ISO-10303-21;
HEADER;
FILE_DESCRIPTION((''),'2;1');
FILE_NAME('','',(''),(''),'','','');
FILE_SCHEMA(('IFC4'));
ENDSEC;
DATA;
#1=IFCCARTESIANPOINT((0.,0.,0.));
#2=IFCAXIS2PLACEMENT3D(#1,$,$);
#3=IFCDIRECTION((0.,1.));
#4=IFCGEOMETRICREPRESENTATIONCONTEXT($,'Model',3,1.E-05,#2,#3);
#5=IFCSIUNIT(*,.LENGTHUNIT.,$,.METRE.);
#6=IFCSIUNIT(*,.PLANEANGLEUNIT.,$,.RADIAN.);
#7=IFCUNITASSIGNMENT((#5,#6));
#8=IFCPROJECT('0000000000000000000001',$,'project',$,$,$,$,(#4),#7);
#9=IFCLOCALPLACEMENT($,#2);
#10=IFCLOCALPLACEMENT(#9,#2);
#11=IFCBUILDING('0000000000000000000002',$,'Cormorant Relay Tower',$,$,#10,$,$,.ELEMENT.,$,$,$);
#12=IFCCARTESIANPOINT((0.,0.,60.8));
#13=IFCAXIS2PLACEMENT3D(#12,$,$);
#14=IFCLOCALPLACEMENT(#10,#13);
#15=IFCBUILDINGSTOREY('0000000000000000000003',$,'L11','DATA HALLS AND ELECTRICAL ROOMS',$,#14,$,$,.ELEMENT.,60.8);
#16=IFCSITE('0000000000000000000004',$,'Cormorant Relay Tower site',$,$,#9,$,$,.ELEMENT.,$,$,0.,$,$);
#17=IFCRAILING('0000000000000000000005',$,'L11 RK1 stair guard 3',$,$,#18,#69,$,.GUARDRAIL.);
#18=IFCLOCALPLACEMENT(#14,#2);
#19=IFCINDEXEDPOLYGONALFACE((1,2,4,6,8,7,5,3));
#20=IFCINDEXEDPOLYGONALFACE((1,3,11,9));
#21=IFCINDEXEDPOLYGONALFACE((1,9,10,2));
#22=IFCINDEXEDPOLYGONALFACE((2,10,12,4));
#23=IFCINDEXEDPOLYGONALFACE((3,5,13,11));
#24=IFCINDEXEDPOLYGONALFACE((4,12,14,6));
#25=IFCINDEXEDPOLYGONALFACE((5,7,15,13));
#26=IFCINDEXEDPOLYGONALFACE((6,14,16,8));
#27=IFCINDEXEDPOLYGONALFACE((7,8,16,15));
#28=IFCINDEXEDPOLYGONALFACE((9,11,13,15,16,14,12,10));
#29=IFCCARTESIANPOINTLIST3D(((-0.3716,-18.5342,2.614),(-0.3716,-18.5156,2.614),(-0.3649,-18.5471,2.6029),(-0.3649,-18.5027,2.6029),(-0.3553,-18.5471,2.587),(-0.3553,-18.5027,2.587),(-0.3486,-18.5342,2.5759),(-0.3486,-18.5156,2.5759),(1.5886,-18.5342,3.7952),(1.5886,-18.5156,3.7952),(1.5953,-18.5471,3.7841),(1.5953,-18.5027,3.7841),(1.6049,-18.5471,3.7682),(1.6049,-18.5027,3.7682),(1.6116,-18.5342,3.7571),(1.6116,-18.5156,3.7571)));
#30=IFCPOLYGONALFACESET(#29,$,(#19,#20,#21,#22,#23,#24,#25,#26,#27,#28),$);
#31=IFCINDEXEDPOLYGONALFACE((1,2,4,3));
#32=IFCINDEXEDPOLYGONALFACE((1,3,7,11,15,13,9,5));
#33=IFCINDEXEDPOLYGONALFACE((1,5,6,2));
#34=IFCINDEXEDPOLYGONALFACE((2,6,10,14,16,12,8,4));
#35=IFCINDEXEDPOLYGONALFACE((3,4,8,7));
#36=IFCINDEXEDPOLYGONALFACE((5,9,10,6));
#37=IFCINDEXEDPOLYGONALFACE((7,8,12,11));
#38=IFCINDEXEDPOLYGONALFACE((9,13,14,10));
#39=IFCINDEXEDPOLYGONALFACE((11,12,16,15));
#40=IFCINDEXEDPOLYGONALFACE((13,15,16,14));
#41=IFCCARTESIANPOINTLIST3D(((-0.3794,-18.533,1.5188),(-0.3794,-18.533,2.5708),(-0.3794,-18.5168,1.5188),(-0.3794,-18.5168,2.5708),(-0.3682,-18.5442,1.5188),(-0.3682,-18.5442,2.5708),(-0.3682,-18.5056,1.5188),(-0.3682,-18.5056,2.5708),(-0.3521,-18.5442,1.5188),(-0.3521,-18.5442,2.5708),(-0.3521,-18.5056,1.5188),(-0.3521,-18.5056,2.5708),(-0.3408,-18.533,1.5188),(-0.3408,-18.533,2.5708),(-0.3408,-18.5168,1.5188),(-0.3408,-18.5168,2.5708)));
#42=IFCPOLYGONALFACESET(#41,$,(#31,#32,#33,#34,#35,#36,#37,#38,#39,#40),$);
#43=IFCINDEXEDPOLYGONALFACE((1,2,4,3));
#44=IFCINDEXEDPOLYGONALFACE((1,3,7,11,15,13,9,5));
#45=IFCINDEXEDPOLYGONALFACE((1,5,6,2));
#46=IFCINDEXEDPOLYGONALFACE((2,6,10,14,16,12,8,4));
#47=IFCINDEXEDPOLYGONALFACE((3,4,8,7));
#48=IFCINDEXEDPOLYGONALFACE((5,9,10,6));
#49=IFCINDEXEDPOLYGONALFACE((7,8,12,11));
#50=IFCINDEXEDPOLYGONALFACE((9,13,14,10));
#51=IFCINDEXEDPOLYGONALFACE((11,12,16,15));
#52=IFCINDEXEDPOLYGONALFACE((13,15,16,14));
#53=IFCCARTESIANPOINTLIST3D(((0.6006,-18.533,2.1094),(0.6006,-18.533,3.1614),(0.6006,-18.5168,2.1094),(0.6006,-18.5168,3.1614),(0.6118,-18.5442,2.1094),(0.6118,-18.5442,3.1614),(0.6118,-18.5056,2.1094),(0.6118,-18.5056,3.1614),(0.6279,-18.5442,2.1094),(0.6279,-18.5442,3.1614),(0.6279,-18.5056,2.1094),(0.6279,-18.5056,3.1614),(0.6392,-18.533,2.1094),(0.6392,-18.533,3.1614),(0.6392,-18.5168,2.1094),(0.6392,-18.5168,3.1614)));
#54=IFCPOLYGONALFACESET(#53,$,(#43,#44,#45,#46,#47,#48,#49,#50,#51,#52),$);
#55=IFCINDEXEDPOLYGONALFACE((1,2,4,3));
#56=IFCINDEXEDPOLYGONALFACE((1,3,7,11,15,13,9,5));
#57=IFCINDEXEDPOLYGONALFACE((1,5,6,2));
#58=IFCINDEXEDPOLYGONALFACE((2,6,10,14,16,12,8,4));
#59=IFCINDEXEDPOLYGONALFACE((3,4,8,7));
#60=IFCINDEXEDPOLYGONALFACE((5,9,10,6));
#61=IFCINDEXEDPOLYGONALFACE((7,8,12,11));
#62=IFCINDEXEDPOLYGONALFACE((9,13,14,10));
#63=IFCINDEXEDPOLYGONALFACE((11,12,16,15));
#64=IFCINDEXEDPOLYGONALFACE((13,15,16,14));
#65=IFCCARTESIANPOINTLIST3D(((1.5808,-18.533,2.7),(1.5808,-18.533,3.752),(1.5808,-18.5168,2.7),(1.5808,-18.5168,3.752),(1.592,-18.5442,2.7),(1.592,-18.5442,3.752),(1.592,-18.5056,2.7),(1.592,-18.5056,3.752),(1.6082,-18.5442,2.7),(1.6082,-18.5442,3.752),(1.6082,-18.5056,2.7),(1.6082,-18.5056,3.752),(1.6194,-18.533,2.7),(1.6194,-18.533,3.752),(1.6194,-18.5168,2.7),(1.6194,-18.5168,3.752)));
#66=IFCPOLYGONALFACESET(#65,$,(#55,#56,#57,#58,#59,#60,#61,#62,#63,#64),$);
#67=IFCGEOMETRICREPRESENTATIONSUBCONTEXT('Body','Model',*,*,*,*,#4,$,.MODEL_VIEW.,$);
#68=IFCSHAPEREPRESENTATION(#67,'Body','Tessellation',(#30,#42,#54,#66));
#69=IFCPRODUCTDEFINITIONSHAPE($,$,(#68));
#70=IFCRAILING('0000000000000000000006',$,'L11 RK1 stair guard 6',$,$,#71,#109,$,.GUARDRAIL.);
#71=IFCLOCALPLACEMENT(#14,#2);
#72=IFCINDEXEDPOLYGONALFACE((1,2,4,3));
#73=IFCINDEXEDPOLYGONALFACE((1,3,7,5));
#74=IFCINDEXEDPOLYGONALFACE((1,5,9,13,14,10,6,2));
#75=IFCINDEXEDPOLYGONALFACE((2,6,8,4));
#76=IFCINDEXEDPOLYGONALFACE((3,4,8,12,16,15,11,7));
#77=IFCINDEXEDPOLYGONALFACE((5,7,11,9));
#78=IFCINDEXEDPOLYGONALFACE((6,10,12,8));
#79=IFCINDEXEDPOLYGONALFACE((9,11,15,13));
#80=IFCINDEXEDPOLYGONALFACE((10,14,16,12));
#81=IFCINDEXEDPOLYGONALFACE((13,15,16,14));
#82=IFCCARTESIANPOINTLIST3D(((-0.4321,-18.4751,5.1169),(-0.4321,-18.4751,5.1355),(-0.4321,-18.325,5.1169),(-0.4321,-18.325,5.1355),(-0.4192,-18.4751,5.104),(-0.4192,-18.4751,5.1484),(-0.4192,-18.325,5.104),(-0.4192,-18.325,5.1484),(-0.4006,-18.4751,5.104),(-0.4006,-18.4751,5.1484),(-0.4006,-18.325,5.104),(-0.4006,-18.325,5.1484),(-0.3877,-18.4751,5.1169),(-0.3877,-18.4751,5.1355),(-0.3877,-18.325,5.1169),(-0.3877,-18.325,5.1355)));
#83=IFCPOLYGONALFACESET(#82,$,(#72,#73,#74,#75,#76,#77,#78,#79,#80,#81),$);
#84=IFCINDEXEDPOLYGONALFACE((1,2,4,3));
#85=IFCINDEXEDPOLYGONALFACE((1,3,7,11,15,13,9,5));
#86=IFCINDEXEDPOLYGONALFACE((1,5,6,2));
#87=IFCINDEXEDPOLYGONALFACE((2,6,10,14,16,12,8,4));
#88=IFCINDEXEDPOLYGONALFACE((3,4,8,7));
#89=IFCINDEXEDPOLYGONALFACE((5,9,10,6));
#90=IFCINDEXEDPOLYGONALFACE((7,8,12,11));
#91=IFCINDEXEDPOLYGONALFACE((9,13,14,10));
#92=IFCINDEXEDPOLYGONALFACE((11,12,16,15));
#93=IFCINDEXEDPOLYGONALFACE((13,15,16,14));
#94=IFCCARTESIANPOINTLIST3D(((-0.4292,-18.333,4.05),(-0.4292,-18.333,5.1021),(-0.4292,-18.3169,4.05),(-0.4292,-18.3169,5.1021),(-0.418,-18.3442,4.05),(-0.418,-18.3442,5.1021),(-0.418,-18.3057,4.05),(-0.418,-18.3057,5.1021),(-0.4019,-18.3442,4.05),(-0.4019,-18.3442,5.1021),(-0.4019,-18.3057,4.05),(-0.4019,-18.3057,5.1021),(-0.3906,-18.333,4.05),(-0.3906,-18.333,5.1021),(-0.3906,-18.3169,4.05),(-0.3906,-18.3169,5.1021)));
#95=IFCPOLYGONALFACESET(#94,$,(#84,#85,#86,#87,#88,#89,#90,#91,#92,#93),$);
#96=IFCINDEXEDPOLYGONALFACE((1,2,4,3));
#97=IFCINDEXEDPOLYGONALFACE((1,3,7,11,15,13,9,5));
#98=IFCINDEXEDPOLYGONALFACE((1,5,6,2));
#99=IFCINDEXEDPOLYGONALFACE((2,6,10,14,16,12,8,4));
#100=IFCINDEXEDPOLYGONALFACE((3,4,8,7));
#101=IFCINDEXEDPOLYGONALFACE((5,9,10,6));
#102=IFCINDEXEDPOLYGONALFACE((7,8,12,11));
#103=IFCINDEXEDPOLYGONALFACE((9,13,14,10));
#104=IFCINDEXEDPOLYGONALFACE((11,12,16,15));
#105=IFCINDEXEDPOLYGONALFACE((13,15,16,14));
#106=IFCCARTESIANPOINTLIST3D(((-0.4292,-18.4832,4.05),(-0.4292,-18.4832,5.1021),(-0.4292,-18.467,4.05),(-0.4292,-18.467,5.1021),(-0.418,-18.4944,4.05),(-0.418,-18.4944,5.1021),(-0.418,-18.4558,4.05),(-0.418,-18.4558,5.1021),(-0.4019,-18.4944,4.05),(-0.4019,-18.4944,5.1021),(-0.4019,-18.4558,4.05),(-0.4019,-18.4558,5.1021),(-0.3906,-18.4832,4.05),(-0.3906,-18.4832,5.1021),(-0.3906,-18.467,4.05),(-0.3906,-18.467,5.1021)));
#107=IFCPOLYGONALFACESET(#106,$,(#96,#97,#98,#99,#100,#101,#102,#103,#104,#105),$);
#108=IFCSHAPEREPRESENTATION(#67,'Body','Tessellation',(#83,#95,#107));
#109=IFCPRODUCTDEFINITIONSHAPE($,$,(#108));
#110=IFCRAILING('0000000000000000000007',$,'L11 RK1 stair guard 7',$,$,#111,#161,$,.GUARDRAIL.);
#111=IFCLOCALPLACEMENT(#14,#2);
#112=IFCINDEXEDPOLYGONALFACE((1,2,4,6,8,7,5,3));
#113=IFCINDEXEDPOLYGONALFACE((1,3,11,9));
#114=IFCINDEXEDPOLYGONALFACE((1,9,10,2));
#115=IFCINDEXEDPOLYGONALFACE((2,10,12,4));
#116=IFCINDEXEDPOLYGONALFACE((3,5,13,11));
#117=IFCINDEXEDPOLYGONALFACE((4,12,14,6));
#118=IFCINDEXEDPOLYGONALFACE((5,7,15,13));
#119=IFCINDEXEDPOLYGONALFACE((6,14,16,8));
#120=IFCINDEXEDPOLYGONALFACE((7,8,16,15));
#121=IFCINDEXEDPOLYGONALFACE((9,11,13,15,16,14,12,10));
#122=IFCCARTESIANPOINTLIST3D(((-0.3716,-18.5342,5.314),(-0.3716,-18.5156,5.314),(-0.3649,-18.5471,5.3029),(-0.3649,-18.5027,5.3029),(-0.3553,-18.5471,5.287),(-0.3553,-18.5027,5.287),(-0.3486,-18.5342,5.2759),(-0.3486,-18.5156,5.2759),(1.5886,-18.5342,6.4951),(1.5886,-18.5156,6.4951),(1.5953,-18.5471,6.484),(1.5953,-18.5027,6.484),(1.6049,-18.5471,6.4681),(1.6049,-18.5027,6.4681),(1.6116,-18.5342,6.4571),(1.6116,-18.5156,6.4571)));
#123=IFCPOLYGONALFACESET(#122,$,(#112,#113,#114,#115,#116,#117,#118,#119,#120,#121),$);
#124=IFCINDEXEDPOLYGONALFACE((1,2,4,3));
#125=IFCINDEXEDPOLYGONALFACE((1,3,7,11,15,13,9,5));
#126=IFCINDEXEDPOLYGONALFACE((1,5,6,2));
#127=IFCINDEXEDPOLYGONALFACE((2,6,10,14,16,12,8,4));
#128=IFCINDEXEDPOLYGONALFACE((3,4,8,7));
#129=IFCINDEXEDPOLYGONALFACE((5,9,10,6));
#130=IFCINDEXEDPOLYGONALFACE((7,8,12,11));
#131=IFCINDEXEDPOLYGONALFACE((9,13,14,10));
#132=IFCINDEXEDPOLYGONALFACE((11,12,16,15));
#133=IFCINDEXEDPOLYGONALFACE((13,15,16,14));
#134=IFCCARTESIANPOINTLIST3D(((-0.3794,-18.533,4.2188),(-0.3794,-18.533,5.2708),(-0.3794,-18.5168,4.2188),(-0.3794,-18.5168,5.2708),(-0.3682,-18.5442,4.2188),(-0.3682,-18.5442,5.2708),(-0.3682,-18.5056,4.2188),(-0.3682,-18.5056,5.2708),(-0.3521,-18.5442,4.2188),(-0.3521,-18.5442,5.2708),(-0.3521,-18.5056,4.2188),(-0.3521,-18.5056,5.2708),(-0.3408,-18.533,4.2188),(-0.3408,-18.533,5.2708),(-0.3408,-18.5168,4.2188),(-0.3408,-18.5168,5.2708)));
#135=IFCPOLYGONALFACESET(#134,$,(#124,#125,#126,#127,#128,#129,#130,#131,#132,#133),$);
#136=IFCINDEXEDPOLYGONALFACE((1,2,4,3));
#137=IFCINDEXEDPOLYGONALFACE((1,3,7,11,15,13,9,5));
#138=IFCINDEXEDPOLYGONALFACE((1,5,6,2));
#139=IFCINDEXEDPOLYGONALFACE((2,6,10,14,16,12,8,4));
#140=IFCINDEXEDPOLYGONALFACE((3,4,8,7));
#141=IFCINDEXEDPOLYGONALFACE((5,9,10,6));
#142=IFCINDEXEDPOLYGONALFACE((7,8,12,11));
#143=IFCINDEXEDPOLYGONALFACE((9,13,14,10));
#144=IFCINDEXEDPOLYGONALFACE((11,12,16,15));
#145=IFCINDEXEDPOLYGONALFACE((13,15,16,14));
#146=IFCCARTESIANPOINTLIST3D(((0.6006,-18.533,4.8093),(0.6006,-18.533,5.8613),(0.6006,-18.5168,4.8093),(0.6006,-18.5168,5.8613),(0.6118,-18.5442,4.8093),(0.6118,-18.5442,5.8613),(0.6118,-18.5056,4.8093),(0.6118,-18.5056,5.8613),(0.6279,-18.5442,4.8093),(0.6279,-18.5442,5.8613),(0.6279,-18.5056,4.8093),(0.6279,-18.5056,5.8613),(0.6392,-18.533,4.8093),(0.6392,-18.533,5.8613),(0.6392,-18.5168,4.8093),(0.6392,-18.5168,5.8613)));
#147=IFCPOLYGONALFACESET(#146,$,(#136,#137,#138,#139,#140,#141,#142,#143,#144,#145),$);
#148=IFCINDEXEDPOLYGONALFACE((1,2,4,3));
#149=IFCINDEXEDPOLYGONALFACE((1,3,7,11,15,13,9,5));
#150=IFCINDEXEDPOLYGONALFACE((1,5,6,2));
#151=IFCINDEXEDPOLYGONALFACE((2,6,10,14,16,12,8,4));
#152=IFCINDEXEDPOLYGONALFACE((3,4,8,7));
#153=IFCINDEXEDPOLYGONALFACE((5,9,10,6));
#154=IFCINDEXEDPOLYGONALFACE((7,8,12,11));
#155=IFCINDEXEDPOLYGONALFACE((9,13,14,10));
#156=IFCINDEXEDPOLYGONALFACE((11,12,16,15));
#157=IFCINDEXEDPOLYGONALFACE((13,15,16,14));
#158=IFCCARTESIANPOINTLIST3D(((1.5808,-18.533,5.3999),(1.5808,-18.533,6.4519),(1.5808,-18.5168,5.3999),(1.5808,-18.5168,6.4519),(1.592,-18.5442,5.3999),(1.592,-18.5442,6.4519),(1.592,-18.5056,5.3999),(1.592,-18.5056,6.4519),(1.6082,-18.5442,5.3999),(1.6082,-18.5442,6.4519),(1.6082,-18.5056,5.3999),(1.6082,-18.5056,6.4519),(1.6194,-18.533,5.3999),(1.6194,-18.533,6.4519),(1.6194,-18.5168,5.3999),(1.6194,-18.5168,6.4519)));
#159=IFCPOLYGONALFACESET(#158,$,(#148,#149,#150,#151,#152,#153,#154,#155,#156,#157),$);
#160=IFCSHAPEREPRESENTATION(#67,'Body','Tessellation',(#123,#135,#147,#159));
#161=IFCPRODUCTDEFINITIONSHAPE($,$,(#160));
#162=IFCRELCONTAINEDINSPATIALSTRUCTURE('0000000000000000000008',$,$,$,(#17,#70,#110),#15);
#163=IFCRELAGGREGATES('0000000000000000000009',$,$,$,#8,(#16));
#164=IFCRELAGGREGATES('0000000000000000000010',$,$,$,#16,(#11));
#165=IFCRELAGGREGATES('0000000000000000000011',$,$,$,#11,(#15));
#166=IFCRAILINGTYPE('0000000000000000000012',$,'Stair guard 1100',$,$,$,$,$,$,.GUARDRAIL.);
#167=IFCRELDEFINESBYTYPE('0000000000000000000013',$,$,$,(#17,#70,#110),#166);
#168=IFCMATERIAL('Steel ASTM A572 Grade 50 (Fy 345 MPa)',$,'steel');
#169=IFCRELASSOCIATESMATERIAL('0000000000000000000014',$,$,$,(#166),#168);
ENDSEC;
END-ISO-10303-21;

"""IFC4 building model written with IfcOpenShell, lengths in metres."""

from ifc_helpers import new_model, si_unit, direction, frame, origin, place, context, subcontext, project, spatial, polyline, outline, extrude, material, type_object, element, save


model = new_model("IFC4")

# Units and contexts
model_context = context("Model", 3, precision=1e-05, world=origin(), true_north=direction((0.0, 1.0)))
body_context = subcontext(model_context, "Body", "Model", "MODEL_VIEW")
ifc_project = project(units=[si_unit("LENGTHUNIT", "METRE"), si_unit("PLANEANGLEUNIT", "RADIAN")], contexts=[model_context])

# Site, building, storey
site_placement = place(None, origin())
site = spatial("IfcSite", under=ifc_project, at=site_placement, Name="Cormorant Relay Tower site", CompositionType="ELEMENT", RefElevation=0.0)
building_placement = place(site_placement, origin())
building = spatial("IfcBuilding", under=site, at=building_placement, Name="Cormorant Relay Tower", CompositionType="ELEMENT")
storey_placement = place(building_placement, frame((0.0, 0.0, 60.8)))
storey = spatial("IfcBuildingStorey", under=building, at=storey_placement, Name="L11", Description="DATA HALLS AND ELECTRICAL ROOMS", CompositionType="ELEMENT", Elevation=60.8)

# Railings
ifc_material_1 = material(Name="Steel ASTM A572 Grade 50 (Fy 345 MPa)", Category="steel")
railing_type_1 = type_object("IfcRailingType", Name="Stair guard 1100", PredefinedType="GUARDRAIL", material=ifc_material_1)
railing_1_placement = place(storey_placement, frame((-0.3601, -18.5249, 1.5188)))
element("IfcRailing", 1, at=railing_1_placement, inside=storey, type_object=railing_type_1, Name="L11 RK1 stair guard 3", PredefinedType="GUARDRAIL", context=body_context, shape_type="SweptSolid", body=[
    extrude(outline(polyline([(0.0222, 0.0093), (0.0093, 0.0222), (-0.0093, 0.0222), (-0.0222, 0.0093), (-0.0222, -0.0093), (-0.0093, -0.0222), (0.0093, -0.0222), (0.0222, -0.0093), (0.0222, 0.0093)])), frame((0.0, 0.0, 1.0762), z_axis=(0.856522, 0.0, 0.516111), x_axis=(0.0, 1.0, 0.0)), (0.0, 0.0, 1.0), 2.2886),
    extrude(outline(polyline([(0.0193, 0.0081), (0.0081, 0.0193), (-0.0081, 0.0193), (-0.0193, 0.0081), (-0.0193, -0.0081), (-0.0081, -0.0193), (0.0081, -0.0193), (0.0193, -0.0081), (0.0193, 0.0081)])), origin(), (0.0, 0.0, 1.0), 1.052),
    extrude(outline(polyline([(0.0193, 0.0081), (0.0081, 0.0193), (-0.0081, 0.0193), (-0.0193, 0.0081), (-0.0193, -0.0081), (-0.0081, -0.0193), (0.0081, -0.0193), (0.0193, -0.0081), (0.0193, 0.0081)])), frame((0.98, 0.0, 0.5906)), (0.0, 0.0, 1.0), 1.052),
    extrude(outline(polyline([(0.0193, 0.0081), (0.0081, 0.0193), (-0.0081, 0.0193), (-0.0193, 0.0081), (-0.0193, -0.0081), (-0.0081, -0.0193), (0.0081, -0.0193), (0.0193, -0.0081), (0.0193, 0.0081)])), frame((1.9602, 0.0, 1.1812)), (0.0, 0.0, 1.0), 1.052),
])
railing_2_placement = place(storey_placement, frame((-0.4099, -18.325, 4.05)))
element("IfcRailing", 2, at=railing_2_placement, inside=storey, type_object=railing_type_1, Name="L11 RK1 stair guard 6", PredefinedType="GUARDRAIL", context=body_context, shape_type="SweptSolid", body=[
    extrude(outline(polyline([(0.0222, 0.0093), (0.0093, 0.0222), (-0.0093, 0.0222), (-0.0222, 0.0093), (-0.0222, -0.0093), (-0.0093, -0.0222), (0.0093, -0.0222), (0.0222, -0.0093), (0.0222, 0.0093)])), frame((0.0, 0.0, 1.0762), z_axis=(0.0, -1.0, 0.0), x_axis=(1.0, 0.0, 0.0)), (0.0, 0.0, 1.0), 0.1501),
    extrude(outline(polyline([(0.0193, 0.0081), (0.0081, 0.0193), (-0.0081, 0.0193), (-0.0193, 0.0081), (-0.0193, -0.0081), (-0.0081, -0.0193), (0.0081, -0.0193), (0.0193, -0.0081), (0.0193, 0.0081)])), origin(), (0.0, 0.0, 1.0), 1.052),
    extrude(outline(polyline([(0.0193, 0.0081), (0.0081, 0.0193), (-0.0081, 0.0193), (-0.0193, 0.0081), (-0.0193, -0.0081), (-0.0081, -0.0193), (0.0081, -0.0193), (0.0193, -0.0081), (0.0193, 0.0081)])), frame((0.0, -0.1501, 0.0)), (0.0, 0.0, 1.0), 1.052),
])
railing_3_placement = place(storey_placement, frame((-0.3601, -18.5249, 4.2188)))
element("IfcRailing", 3, at=railing_3_placement, inside=storey, type_object=railing_type_1, Name="L11 RK1 stair guard 7", PredefinedType="GUARDRAIL", context=body_context, shape_type="SweptSolid", body=[
    extrude(outline(polyline([(0.0222, 0.0093), (0.0093, 0.0222), (-0.0093, 0.0222), (-0.0222, 0.0093), (-0.0222, -0.0093), (-0.0093, -0.0222), (0.0093, -0.0222), (0.0222, -0.0093), (0.0222, 0.0093)])), frame((0.0, 0.0, 1.0762), z_axis=(0.856522, 0.0, 0.516111), x_axis=(0.0, 1.0, 0.0)), (0.0, 0.0, 1.0), 2.2886),
    extrude(outline(polyline([(0.0193, 0.0081), (0.0081, 0.0193), (-0.0081, 0.0193), (-0.0193, 0.0081), (-0.0193, -0.0081), (-0.0081, -0.0193), (0.0081, -0.0193), (0.0193, -0.0081), (0.0193, 0.0081)])), origin(), (0.0, 0.0, 1.0), 1.052),
    extrude(outline(polyline([(0.0193, 0.0081), (0.0081, 0.0193), (-0.0081, 0.0193), (-0.0193, 0.0081), (-0.0193, -0.0081), (-0.0081, -0.0193), (0.0081, -0.0193), (0.0193, -0.0081), (0.0193, 0.0081)])), frame((0.98, 0.0, 0.5906)), (0.0, 0.0, 1.0), 1.052),
    extrude(outline(polyline([(0.0193, 0.0081), (0.0081, 0.0193), (-0.0081, 0.0193), (-0.0193, 0.0081), (-0.0193, -0.0081), (-0.0081, -0.0193), (0.0081, -0.0193), (0.0193, -0.0081), (0.0193, 0.0081)])), frame((1.9602, 0.0, 1.1812)), (0.0, 0.0, 1.0), 1.052),
])

save(model, "model.ifc")
